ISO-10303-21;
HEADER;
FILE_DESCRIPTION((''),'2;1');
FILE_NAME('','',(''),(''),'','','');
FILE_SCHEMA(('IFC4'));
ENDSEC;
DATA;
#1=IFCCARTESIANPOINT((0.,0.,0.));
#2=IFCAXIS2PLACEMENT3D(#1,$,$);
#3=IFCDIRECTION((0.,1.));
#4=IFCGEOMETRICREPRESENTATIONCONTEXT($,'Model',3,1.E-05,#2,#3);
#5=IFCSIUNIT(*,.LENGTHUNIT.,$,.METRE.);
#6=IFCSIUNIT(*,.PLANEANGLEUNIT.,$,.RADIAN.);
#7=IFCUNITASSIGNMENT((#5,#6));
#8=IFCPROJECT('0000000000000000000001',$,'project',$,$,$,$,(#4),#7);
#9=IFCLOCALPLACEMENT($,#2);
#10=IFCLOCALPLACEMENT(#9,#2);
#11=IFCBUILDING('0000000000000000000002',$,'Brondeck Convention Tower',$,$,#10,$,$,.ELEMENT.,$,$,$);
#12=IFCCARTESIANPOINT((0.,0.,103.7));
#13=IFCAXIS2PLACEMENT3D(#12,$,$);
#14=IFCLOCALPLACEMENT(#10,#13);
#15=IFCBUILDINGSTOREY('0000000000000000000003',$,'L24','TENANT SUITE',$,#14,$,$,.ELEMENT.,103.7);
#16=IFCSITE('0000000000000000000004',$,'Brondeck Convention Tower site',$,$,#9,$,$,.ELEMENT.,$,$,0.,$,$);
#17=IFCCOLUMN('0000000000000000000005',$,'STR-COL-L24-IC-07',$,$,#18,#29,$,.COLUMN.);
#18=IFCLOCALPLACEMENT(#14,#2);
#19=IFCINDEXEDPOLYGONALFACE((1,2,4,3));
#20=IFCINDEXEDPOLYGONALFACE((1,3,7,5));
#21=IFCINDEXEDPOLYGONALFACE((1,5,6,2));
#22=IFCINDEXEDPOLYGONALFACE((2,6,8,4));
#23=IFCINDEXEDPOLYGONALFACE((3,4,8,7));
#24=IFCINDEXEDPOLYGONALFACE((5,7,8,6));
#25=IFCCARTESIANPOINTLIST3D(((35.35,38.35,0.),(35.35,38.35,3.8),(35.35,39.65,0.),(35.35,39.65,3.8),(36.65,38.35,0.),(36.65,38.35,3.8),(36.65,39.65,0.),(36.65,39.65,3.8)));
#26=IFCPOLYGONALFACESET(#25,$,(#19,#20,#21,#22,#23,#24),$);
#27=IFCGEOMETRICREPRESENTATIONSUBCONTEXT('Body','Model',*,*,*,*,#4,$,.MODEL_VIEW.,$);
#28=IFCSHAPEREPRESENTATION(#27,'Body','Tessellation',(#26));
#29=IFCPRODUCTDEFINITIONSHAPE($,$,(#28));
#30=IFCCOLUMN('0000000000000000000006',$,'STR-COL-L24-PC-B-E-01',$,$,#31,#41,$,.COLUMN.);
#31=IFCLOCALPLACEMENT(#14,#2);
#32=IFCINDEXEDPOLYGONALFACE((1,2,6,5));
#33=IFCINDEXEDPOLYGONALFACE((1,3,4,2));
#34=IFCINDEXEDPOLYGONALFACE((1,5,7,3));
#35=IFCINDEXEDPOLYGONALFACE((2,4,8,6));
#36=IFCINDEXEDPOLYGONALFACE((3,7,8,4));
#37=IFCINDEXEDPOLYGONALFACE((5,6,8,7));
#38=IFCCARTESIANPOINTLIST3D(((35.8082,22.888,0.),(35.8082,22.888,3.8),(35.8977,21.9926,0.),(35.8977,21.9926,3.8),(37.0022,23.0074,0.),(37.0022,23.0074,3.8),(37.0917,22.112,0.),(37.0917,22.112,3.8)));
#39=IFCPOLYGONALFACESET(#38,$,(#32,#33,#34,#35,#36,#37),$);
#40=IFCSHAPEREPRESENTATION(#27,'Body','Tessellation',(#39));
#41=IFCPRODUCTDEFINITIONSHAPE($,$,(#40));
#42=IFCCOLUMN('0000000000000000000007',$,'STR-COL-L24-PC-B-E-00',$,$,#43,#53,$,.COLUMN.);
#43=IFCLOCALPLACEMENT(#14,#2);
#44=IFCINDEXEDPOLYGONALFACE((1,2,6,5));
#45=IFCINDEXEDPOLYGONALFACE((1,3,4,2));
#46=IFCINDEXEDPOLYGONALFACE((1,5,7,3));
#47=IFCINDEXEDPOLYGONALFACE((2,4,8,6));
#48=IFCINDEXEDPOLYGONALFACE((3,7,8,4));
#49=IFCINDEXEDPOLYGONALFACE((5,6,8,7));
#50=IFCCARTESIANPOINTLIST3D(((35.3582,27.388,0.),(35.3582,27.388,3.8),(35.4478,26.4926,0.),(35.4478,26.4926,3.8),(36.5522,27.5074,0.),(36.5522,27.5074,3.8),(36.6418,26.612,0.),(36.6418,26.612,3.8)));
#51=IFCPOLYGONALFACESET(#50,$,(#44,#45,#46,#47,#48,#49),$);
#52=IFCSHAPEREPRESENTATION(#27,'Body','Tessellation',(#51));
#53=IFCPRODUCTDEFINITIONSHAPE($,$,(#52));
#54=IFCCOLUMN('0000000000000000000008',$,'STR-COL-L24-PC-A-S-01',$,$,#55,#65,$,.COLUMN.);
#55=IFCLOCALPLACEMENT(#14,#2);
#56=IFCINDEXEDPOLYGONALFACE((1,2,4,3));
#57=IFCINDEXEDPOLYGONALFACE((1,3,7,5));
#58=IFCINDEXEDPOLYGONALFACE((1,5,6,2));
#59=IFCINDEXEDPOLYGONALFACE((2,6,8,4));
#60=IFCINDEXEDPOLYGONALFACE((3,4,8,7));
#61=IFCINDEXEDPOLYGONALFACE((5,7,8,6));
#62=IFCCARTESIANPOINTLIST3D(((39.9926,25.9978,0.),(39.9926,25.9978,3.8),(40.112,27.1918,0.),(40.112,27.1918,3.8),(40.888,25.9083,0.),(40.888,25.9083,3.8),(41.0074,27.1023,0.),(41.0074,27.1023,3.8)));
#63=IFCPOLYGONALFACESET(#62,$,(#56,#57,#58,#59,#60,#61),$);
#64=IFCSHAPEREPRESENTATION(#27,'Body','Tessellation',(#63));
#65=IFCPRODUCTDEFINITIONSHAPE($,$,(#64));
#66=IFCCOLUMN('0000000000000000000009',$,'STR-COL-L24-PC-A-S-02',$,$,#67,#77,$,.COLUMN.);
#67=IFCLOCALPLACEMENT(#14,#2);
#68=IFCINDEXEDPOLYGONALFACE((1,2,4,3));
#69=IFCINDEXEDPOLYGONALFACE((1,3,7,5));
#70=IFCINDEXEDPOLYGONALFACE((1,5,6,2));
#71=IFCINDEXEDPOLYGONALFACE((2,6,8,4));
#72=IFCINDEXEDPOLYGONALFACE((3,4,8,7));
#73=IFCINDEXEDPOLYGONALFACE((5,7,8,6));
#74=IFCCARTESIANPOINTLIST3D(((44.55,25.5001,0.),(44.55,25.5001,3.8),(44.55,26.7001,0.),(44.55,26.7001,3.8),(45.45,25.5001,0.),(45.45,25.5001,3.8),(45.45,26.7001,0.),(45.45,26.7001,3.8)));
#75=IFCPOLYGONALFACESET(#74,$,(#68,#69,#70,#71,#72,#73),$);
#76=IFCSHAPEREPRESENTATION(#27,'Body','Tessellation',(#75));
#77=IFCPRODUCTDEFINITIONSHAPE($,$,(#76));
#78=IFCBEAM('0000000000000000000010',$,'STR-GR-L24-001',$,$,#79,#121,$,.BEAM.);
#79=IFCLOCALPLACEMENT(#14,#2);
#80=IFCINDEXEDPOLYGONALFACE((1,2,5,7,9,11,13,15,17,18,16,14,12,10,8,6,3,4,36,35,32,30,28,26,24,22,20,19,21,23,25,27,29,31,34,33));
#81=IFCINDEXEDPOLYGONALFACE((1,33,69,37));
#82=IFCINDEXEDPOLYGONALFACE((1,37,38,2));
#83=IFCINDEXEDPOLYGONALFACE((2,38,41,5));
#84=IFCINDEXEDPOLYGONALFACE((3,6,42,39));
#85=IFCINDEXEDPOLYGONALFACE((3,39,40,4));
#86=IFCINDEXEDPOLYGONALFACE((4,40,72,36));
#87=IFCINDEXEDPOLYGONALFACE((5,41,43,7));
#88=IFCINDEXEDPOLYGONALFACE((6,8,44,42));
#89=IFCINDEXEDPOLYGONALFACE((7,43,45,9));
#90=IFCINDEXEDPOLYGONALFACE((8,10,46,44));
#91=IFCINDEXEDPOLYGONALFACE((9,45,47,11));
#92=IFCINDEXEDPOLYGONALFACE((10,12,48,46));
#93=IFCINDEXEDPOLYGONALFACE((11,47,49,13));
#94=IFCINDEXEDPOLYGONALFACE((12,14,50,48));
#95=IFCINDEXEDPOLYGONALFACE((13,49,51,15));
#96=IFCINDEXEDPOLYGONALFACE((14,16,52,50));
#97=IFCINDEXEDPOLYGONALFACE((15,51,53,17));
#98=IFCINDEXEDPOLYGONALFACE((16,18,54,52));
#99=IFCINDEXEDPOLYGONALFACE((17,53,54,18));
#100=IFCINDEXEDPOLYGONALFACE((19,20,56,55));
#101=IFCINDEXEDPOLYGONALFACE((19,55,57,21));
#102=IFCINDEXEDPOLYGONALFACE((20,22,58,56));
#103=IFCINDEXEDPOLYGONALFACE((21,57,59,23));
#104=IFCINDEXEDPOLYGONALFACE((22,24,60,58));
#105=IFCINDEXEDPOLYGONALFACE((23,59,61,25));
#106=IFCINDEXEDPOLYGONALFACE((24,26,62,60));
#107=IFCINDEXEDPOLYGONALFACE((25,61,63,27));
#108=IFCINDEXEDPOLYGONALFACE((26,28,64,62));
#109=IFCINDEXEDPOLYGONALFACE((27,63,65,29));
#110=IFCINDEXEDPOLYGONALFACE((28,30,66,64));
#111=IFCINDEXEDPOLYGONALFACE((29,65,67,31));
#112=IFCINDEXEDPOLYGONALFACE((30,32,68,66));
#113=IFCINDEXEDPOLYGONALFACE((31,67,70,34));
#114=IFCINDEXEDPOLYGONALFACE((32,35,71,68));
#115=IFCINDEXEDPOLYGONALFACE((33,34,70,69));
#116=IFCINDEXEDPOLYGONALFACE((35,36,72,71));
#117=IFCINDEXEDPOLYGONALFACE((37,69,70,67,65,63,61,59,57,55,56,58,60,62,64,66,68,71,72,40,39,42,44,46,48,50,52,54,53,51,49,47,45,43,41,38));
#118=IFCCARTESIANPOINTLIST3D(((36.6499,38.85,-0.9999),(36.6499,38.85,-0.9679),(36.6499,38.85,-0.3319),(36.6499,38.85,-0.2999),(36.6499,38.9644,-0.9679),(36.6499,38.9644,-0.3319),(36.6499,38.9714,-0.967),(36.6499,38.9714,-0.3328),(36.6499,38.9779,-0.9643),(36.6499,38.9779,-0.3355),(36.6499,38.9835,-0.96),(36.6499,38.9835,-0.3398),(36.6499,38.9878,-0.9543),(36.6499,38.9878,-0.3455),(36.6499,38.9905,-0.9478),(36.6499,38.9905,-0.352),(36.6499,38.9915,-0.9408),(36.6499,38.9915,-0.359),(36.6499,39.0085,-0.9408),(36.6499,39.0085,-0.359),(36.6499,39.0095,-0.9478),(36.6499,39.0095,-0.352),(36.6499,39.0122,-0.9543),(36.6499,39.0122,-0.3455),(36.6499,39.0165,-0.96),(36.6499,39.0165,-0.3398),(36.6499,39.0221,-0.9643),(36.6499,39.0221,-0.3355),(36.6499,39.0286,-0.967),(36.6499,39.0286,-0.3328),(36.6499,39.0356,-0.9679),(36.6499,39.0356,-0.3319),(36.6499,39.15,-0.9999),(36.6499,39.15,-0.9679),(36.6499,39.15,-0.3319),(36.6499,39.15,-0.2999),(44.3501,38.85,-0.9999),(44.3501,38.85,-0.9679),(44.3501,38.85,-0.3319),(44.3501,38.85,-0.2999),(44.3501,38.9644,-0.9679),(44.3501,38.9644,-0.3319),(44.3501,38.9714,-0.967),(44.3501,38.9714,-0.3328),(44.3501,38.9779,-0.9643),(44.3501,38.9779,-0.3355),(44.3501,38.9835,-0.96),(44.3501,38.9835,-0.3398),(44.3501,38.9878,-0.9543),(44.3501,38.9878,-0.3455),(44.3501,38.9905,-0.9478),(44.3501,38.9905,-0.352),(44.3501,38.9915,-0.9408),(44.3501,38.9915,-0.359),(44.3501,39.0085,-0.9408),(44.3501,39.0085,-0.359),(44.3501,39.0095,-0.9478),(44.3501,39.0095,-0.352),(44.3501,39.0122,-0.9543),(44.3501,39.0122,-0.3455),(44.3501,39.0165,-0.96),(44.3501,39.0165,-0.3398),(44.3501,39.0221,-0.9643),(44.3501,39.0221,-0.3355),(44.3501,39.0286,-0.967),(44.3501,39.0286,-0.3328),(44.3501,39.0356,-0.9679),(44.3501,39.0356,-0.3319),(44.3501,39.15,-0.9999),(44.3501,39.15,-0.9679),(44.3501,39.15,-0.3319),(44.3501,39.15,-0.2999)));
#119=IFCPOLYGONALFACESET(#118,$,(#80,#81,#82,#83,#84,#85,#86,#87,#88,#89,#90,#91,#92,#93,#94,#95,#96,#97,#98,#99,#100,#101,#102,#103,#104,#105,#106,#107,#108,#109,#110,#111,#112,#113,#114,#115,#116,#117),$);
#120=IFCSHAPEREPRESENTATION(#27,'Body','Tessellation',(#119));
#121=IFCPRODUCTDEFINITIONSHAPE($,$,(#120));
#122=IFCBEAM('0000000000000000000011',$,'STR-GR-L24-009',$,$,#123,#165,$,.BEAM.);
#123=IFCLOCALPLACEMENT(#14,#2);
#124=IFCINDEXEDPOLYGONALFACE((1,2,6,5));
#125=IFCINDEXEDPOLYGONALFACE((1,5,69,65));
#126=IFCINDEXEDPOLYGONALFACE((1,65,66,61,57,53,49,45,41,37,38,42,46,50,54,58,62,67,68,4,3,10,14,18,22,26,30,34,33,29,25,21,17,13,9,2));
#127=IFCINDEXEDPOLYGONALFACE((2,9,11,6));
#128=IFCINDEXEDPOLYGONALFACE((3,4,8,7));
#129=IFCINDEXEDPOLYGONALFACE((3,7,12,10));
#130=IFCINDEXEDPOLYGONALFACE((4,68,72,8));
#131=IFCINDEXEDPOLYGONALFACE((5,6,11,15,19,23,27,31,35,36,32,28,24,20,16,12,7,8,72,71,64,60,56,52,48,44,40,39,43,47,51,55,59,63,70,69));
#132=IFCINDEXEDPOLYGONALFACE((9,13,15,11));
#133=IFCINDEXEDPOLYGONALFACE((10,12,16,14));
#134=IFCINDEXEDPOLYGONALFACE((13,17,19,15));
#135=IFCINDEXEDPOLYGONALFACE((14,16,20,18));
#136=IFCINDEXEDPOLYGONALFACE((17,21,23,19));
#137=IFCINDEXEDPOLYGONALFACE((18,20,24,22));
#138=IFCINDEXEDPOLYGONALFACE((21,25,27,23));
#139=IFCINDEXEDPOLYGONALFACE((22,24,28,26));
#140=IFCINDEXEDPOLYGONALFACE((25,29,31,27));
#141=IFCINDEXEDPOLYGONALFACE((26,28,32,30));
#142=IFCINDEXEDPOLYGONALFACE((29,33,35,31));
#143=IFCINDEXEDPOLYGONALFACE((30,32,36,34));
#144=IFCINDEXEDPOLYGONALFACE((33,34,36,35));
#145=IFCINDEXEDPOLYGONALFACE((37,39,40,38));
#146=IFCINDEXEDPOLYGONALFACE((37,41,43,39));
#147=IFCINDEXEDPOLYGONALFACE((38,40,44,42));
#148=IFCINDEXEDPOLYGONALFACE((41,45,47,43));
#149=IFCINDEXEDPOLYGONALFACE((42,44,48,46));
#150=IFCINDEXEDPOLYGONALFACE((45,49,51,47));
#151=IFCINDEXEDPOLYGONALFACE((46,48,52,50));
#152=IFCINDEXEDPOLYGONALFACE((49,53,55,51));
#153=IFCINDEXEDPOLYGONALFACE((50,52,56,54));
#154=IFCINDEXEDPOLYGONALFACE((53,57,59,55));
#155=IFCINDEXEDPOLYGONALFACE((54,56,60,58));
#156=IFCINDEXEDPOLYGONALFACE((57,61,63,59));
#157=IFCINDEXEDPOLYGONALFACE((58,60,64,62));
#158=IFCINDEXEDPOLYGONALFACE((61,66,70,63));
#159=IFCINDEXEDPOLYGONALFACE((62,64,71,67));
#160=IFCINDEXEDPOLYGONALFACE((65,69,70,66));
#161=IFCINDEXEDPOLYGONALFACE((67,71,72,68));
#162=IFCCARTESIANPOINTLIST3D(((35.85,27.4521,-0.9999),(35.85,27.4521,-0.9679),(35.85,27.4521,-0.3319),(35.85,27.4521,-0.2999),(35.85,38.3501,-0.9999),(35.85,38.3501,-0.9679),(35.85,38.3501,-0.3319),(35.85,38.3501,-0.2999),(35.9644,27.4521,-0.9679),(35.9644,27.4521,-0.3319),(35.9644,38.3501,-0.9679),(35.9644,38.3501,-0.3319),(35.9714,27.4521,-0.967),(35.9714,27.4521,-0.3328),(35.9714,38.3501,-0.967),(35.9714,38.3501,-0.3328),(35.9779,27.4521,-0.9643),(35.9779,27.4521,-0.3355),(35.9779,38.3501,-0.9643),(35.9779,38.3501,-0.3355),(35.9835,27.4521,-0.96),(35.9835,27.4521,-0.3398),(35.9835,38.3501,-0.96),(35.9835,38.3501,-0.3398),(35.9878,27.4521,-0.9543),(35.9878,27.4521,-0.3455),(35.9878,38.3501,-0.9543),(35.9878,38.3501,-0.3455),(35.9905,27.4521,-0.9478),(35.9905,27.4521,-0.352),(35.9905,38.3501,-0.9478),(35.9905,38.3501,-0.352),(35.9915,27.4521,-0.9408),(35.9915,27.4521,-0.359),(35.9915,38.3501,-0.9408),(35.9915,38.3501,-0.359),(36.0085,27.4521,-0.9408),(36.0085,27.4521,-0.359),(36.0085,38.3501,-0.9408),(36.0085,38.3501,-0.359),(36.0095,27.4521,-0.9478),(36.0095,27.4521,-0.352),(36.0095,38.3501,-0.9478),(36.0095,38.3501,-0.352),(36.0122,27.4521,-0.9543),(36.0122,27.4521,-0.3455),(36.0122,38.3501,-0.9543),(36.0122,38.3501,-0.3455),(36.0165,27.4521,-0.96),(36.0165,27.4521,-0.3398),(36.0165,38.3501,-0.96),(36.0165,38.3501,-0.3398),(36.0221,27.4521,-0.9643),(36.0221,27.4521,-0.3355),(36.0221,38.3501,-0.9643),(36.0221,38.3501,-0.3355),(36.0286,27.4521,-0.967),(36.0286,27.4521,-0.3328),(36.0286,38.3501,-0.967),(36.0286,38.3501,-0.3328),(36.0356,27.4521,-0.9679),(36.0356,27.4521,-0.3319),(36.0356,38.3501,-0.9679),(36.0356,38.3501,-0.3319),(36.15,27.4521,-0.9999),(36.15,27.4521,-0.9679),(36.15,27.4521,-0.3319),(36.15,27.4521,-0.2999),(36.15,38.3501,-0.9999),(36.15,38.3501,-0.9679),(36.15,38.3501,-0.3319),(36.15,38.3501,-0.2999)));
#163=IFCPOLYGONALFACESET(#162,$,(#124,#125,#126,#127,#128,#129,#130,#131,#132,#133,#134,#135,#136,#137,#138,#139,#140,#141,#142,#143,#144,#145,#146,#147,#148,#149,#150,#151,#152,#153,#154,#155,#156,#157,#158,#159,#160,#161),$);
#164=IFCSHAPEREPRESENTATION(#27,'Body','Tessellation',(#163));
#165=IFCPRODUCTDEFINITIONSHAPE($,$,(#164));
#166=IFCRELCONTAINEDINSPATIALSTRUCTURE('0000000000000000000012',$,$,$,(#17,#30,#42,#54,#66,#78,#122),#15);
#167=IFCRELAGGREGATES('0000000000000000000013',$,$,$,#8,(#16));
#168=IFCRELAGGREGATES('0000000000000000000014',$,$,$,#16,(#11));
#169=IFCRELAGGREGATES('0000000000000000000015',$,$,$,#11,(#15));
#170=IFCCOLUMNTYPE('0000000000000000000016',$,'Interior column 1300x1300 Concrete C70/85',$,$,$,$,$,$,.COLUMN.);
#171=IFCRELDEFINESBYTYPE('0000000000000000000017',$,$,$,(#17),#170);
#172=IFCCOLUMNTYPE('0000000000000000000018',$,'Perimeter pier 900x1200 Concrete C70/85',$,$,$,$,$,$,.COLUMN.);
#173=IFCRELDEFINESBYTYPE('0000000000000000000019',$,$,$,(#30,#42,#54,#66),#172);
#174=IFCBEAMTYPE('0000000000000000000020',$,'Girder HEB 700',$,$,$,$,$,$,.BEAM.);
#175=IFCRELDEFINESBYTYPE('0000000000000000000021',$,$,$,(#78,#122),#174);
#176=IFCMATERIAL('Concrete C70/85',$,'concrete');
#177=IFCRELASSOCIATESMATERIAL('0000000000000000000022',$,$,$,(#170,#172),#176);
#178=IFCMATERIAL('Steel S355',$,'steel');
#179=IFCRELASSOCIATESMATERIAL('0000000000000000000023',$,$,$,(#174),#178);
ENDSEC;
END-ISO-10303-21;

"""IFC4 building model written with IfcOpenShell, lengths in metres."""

from ifc_helpers import new_model, si_unit, direction, frame, origin, origin_2d, place, context, subcontext, project, spatial, rectangle, i_section, extrude, material, material_profile, profile_set, type_object, element, save


model = new_model("IFC4")

# Units and contexts
model_context = context("Model", 3, precision=1e-05, world=origin(), true_north=direction((0.0, 1.0)))
body_context = subcontext(model_context, "Body", "Model", "MODEL_VIEW")
ifc_project = project(units=[si_unit("LENGTHUNIT", "METRE"), si_unit("PLANEANGLEUNIT", "RADIAN")], contexts=[model_context])

# Site, building, storey
site_placement = place(None, origin())
site = spatial("IfcSite", under=ifc_project, at=site_placement, Name="Brondeck Convention Tower site", CompositionType="ELEMENT", RefElevation=0.0)
building_placement = place(site_placement, origin())
building = spatial("IfcBuilding", under=site, at=building_placement, Name="Brondeck Convention Tower", CompositionType="ELEMENT")
storey_placement = place(building_placement, frame((0.0, 0.0, 103.7)))
storey = spatial("IfcBuildingStorey", under=building, at=storey_placement, Name="L24", Description="TENANT SUITE", CompositionType="ELEMENT", Elevation=103.7)

# Columns
ifc_material_1 = material(Name="Concrete C70/85", Category="concrete")
ifc_material_profile_1 = material_profile(ifc_material_1, rectangle(XDim=1.3, YDim=1.3, at=origin_2d()), Name="Interior column 1300x1300 Concrete C70/85")
ifc_profile_set_1 = profile_set([ifc_material_profile_1], Name="Concrete C70/85")
column_type_1 = type_object("IfcColumnType", Name="Interior column 1300x1300 Concrete C70/85", PredefinedType="COLUMN", material=ifc_profile_set_1)
column_placement = place(storey_placement, frame((36.0, 39.0, 0.0), z_axis=(0.0, 0.0, 1.0), x_axis=(1.0, 0.0, 0.0)))
element("IfcColumn", 1, at=column_placement, inside=storey, type_object=column_type_1, Name="STR-COL-L24-IC-07", PredefinedType="COLUMN", context=body_context, shape_type="SweptSolid", body=[
    extrude(rectangle(XDim=1.3, YDim=1.3, at=origin_2d()), origin(), (0.0, 0.0, 1.0), 3.8),
])
ifc_material_profile_2 = material_profile(ifc_material_1, rectangle(XDim=0.8999, YDim=1.2, at=origin_2d()), Name="Perimeter pier 900x1200 Concrete C70/85")
ifc_profile_set_2 = profile_set([ifc_material_profile_2], Name="Concrete C70/85")
column_type_2 = type_object("IfcColumnType", Name="Perimeter pier 900x1200 Concrete C70/85", PredefinedType="COLUMN", material=ifc_profile_set_2)
for number, where, z_axis, x_axis, name in (
    (2, (36.45, 22.5, 0.0), (0.0, 0.0, 1.0), (-0.099504, 0.995037, 0.0), "STR-COL-L24-PC-B-E-01"),
    (3, (36.0, 27.0, 0.0), (0.0, 0.0, 1.0), (-0.099504, 0.995037, 0.0), "STR-COL-L24-PC-B-E-00"),
    (4, (40.5, 26.55, 0.0), (0.0, 0.0, 1.0), (0.995037, -0.099504, 0.0), "STR-COL-L24-PC-A-S-01"),
    (5, (45.0, 26.1001, 0.0), (0.0, 0.0, 1.0), (1.0, 0.0, 0.0), "STR-COL-L24-PC-A-S-02"),
):
    element("IfcColumn", number, at=place(storey_placement, frame(where, z_axis=z_axis, x_axis=x_axis)), inside=storey, type_object=column_type_2, Name=name, PredefinedType="COLUMN", context=body_context, shape_type="SweptSolid", body=[
        extrude(rectangle(XDim=0.8999, YDim=1.2, at=origin_2d()), origin(), (0.0, 0.0, 1.0), 3.8),
    ])

# Beams
ifc_material_2 = material(Name="Steel S355", Category="steel")
ifc_material_profile_3 = material_profile(ifc_material_2, i_section(OverallWidth=0.3, OverallDepth=0.7, WebThickness=0.0171, FlangeThickness=0.032, FilletRadius=0.0271, at=origin_2d()), Name="HEB 700")
ifc_profile_set_3 = profile_set([ifc_material_profile_3], Name="Steel S355")
beam_type_1 = type_object("IfcBeamType", Name="Girder HEB 700", PredefinedType="BEAM", material=ifc_profile_set_3)
beam_1_placement = place(storey_placement, frame((36.6499, 39.0, -0.6499), z_axis=(1.0, 0.0, 0.0), x_axis=(0.0, 1.0, 0.0)))
element("IfcBeam", 6, at=beam_1_placement, inside=storey, type_object=beam_type_1, Name="STR-GR-L24-001", PredefinedType="BEAM", context=body_context, shape_type="SweptSolid", body=[
    extrude(i_section(OverallWidth=0.3, OverallDepth=0.7, WebThickness=0.0171, FlangeThickness=0.032, FilletRadius=0.0271, at=origin_2d()), origin(), (0.0, 0.0, 1.0), 7.7002),
])
beam_2_placement = place(storey_placement, frame((36.0, 27.4521, -0.6499), z_axis=(0.0, 1.0, 0.0), x_axis=(-1.0, 0.0, 0.0)))
element("IfcBeam", 7, at=beam_2_placement, inside=storey, type_object=beam_type_1, Name="STR-GR-L24-009", PredefinedType="BEAM", context=body_context, shape_type="SweptSolid", body=[
    extrude(i_section(OverallWidth=0.3, OverallDepth=0.7, WebThickness=0.0171, FlangeThickness=0.032, FilletRadius=0.0271, at=origin_2d()), origin(), (0.0, 0.0, 1.0), 10.8979),
])

save(model, "model.ifc")
